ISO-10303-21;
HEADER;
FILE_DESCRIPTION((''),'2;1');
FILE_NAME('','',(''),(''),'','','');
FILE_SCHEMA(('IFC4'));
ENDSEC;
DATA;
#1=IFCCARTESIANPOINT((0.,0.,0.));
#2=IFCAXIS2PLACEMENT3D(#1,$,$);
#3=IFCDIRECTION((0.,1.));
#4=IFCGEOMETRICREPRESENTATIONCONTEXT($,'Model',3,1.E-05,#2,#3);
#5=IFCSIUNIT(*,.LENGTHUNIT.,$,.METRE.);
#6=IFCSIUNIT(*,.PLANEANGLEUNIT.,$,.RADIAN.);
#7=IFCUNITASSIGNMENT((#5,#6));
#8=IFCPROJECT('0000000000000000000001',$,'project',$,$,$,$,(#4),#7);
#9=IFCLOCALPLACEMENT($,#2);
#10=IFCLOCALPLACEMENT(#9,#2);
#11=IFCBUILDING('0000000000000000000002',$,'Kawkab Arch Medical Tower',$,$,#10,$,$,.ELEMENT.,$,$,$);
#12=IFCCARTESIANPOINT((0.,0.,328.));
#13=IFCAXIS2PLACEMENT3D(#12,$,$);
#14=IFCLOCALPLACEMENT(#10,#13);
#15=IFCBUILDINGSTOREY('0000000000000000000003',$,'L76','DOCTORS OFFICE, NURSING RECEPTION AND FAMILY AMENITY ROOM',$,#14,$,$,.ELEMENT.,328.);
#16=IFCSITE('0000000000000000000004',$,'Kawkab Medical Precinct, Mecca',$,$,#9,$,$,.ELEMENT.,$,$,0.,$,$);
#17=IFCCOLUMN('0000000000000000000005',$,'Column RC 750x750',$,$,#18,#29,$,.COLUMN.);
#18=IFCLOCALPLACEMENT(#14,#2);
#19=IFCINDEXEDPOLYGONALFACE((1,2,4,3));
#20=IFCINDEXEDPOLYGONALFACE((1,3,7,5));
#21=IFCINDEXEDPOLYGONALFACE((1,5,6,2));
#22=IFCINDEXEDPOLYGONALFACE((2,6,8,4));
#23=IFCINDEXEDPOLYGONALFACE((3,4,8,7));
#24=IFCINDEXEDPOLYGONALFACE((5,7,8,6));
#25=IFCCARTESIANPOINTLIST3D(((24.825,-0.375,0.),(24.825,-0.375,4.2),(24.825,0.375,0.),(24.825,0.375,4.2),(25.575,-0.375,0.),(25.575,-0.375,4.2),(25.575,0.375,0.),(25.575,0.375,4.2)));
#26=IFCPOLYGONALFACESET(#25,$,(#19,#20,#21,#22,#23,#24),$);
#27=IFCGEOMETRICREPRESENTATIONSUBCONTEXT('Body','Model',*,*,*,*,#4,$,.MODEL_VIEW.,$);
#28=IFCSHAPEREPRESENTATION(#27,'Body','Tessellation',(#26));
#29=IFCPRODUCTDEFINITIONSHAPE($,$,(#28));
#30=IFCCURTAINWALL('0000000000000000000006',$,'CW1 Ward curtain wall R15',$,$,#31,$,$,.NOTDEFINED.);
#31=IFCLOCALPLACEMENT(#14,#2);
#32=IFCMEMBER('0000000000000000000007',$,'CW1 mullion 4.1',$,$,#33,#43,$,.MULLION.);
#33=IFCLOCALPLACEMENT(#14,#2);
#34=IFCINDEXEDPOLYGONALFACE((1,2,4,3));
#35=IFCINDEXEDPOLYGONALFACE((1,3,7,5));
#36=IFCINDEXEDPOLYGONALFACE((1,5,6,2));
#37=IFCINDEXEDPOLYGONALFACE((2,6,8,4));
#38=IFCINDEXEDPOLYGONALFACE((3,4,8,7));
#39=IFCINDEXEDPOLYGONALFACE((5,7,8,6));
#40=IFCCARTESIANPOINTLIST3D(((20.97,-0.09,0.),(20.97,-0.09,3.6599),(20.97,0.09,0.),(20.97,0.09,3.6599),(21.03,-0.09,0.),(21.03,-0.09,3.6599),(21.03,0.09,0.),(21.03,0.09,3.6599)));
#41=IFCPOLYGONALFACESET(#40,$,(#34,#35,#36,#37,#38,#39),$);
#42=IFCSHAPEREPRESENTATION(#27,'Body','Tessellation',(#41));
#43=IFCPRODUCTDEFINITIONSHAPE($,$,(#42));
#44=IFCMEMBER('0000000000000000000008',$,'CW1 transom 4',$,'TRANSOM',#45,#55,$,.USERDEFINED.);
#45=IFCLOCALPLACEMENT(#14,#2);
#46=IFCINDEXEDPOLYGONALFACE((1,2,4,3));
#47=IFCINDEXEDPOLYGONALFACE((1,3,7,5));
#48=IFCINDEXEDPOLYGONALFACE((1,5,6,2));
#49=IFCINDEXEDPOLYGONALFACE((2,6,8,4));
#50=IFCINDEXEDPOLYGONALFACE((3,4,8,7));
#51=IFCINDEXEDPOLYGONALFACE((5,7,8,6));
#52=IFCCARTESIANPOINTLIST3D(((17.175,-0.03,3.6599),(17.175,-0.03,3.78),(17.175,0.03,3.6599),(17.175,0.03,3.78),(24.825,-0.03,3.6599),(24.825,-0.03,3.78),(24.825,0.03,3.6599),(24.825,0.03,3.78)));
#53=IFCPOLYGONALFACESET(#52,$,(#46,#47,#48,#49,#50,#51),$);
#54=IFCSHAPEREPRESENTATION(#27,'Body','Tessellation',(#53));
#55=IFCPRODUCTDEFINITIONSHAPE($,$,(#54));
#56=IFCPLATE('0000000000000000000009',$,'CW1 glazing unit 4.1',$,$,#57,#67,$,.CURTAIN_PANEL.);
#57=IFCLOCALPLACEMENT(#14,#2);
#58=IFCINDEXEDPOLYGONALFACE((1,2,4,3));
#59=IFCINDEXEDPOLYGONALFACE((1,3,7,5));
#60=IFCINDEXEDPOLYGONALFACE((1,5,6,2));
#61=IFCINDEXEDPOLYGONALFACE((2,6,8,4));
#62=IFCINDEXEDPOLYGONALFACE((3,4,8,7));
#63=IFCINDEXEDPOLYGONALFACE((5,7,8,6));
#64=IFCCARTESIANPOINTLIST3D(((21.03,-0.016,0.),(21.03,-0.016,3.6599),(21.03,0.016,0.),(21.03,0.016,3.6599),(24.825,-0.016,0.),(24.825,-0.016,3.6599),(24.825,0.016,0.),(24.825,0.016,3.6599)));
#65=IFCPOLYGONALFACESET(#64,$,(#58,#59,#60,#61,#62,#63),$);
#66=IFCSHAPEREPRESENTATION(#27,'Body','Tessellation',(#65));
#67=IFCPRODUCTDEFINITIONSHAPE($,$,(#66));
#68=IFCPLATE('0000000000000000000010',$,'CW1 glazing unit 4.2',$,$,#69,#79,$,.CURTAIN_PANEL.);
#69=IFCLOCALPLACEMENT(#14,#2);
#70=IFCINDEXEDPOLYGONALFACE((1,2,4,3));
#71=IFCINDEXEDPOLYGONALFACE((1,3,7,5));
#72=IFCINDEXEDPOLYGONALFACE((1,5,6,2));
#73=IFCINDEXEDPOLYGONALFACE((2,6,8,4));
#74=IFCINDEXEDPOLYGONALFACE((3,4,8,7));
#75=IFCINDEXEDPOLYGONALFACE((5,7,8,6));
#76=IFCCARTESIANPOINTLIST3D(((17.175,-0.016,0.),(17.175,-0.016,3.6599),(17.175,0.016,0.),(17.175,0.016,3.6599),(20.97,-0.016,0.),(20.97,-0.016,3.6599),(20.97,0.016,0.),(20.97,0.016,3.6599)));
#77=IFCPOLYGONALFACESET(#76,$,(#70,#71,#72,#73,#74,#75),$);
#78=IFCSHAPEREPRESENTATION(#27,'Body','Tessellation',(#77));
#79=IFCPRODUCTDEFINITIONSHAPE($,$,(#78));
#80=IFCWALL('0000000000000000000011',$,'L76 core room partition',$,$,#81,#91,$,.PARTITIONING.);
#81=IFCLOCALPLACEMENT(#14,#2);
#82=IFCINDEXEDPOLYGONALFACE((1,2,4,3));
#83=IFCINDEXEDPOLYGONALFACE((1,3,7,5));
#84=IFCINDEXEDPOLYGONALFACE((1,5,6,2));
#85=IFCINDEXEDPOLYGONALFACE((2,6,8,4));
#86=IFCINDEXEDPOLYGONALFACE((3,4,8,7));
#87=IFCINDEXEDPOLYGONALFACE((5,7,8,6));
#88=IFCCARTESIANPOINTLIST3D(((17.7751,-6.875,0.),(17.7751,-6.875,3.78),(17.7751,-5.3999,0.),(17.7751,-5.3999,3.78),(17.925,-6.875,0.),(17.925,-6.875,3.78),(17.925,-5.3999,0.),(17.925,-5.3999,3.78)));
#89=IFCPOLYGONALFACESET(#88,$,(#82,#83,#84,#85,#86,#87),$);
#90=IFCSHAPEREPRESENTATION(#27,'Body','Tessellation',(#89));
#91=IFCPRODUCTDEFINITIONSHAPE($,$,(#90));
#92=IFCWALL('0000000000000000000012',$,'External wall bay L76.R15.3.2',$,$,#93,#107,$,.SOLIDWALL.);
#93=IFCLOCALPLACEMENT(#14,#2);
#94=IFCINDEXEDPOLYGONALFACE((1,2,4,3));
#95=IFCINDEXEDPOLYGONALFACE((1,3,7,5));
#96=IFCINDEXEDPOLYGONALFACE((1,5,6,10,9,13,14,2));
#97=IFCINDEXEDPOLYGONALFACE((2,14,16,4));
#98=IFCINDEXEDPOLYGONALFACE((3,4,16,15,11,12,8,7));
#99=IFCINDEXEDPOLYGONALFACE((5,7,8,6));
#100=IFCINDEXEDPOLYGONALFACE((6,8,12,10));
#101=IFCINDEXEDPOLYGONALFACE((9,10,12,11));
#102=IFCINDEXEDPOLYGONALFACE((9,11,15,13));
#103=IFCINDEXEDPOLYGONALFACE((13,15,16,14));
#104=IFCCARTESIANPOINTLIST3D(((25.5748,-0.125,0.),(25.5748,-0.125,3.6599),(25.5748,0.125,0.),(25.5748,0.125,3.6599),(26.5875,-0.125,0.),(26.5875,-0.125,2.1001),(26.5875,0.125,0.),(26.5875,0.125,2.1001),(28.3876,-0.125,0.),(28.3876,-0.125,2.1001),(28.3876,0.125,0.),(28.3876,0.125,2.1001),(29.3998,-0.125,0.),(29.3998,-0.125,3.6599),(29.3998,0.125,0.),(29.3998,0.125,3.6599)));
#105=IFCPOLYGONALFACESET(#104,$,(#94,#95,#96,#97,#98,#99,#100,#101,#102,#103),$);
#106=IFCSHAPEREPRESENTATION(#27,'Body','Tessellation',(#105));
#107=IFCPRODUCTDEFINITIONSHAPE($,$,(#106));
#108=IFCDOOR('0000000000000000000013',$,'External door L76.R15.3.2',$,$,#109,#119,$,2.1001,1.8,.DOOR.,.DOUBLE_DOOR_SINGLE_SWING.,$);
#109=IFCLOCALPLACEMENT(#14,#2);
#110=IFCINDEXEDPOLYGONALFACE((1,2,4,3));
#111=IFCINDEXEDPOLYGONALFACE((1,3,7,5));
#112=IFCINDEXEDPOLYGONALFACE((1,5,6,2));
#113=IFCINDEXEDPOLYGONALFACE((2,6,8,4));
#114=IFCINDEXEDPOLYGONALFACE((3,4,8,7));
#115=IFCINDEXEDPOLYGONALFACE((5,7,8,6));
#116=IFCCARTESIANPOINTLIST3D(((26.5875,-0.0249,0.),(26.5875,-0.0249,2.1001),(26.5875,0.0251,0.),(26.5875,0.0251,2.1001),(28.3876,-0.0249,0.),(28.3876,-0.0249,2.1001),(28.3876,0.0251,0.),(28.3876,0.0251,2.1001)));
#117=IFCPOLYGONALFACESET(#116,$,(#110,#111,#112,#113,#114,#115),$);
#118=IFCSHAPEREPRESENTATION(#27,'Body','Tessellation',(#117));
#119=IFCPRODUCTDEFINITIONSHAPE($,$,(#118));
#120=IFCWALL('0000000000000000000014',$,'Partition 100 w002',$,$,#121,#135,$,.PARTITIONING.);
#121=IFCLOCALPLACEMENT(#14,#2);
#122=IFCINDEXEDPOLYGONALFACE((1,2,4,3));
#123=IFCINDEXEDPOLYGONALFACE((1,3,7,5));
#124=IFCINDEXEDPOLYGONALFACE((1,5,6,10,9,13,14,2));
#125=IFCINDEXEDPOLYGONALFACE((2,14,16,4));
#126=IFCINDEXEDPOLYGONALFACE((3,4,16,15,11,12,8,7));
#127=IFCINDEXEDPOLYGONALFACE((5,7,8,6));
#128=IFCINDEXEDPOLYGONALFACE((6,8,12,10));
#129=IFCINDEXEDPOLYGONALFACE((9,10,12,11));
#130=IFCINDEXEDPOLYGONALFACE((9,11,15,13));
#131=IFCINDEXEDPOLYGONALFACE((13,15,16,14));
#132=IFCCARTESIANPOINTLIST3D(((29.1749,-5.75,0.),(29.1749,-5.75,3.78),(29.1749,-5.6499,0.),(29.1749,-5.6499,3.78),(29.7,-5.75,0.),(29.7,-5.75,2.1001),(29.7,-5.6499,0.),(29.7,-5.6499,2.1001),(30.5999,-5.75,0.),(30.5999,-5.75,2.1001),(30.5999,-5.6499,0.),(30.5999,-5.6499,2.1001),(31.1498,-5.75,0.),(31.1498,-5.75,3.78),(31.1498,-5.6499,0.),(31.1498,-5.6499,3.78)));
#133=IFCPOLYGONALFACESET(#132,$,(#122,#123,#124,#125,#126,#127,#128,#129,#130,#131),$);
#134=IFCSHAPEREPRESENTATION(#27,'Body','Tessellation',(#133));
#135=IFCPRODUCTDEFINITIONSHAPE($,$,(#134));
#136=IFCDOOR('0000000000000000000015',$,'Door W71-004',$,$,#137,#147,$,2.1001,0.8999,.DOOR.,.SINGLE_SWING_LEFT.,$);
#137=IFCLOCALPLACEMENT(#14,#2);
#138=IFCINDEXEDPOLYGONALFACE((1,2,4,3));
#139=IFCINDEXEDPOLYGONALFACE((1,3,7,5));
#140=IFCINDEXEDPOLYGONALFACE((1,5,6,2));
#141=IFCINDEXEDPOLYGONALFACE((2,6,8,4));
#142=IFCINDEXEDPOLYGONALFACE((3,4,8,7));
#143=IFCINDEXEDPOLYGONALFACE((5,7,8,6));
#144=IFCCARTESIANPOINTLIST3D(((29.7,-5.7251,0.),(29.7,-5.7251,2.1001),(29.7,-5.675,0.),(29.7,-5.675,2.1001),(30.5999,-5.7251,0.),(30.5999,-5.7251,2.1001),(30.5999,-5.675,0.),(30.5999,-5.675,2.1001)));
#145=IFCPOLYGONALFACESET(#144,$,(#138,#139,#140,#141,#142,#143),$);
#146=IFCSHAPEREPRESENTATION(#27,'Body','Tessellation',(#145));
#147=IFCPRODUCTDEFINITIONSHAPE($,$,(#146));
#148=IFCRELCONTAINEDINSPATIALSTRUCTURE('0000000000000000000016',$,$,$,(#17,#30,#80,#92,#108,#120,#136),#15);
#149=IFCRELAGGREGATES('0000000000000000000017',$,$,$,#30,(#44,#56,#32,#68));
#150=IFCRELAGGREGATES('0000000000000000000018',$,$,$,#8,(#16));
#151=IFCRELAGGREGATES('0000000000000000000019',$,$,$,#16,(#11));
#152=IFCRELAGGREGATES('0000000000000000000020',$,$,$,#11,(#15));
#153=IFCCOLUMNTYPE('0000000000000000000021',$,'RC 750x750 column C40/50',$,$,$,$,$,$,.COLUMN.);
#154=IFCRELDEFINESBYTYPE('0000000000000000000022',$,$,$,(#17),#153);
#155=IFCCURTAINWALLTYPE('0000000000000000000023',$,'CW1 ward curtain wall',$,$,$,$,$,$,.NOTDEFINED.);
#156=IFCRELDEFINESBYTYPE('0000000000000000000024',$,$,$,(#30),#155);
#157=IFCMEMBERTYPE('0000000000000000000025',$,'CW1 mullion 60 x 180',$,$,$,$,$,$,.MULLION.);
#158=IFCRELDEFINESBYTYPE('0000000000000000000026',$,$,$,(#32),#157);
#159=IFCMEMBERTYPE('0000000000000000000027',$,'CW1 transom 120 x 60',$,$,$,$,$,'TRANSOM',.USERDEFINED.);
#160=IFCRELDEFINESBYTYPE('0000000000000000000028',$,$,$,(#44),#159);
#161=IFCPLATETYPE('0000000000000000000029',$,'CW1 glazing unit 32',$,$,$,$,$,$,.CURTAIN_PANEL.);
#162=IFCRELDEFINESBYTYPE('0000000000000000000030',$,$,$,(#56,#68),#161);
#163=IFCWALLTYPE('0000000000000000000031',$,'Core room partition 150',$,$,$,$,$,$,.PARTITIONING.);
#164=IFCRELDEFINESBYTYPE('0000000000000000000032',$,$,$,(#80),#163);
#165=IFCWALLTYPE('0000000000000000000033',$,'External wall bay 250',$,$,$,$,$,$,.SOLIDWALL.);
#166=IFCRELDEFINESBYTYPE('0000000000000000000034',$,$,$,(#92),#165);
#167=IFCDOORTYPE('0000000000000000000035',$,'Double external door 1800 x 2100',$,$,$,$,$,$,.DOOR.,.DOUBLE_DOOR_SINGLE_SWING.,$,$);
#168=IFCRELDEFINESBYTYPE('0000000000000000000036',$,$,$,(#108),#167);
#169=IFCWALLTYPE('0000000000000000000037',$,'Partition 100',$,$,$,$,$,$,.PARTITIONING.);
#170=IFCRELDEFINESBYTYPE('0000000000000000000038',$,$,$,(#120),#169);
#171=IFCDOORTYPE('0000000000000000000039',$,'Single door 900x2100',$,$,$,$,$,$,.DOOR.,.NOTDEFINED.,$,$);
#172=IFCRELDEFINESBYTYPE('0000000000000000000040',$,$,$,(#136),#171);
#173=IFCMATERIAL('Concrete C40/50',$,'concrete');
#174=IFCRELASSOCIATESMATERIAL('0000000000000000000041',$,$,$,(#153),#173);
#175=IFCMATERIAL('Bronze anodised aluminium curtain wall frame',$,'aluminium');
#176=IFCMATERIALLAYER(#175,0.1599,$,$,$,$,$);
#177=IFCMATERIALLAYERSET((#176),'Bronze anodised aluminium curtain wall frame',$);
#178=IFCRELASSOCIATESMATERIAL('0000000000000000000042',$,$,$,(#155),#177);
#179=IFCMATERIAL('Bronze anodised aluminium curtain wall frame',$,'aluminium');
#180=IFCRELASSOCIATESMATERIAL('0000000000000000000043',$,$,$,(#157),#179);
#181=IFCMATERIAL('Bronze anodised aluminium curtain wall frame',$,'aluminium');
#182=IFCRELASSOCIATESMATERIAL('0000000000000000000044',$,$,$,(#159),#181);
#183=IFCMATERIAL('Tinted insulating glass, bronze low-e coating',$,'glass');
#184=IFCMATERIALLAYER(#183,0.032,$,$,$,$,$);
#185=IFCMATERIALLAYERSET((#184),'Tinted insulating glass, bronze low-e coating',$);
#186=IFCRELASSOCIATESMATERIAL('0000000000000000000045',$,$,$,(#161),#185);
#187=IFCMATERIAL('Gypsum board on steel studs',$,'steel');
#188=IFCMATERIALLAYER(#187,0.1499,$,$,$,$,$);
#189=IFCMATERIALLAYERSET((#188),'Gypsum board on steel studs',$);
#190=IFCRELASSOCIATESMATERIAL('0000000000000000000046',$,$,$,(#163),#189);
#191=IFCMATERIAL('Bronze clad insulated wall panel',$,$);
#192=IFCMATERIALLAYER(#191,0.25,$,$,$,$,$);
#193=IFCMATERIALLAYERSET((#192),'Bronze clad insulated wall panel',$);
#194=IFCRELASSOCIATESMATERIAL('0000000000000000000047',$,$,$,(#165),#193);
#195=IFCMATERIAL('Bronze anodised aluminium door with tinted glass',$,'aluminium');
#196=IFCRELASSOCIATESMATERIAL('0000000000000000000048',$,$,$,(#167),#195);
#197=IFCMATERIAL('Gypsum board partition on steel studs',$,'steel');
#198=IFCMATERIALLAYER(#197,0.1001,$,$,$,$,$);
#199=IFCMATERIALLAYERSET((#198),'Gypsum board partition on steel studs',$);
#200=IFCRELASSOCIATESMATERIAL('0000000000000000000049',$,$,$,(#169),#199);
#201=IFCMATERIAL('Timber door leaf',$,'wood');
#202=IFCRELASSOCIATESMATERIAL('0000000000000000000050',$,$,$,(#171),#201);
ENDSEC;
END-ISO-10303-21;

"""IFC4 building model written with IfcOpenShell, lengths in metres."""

from ifc_helpers import new_model, si_unit, direction, frame, frame_2d, origin, origin_2d, place, context, subcontext, project, spatial, rectangle, extrude, material, layer, layer_set, material_profile, profile_set, type_object, element, fill, aggregate, save


model = new_model("IFC4")

# Units and contexts
model_context = context("Model", 3, precision=1e-05, world=origin(), true_north=direction((0.0, 1.0)))
body_context = subcontext(model_context, "Body", "Model", "MODEL_VIEW")
ifc_project = project(units=[si_unit("LENGTHUNIT", "METRE"), si_unit("PLANEANGLEUNIT", "RADIAN")], contexts=[model_context])

# Site, building, storey
site_placement = place(None, origin())
site = spatial("IfcSite", under=ifc_project, at=site_placement, Name="Kawkab Medical Precinct, Mecca", CompositionType="ELEMENT", RefElevation=0.0)
building_placement = place(site_placement, origin())
building = spatial("IfcBuilding", under=site, at=building_placement, Name="Kawkab Arch Medical Tower", CompositionType="ELEMENT")
storey_placement = place(building_placement, frame((0.0, 0.0, 328.0)))
storey = spatial("IfcBuildingStorey", under=building, at=storey_placement, Name="L76", Description="DOCTORS OFFICE, NURSING RECEPTION AND FAMILY AMENITY ROOM", CompositionType="ELEMENT", Elevation=328.0)

# Column
ifc_material_1 = material(Name="Concrete C40/50", Category="concrete")
ifc_material_profile_1 = material_profile(ifc_material_1, rectangle(XDim=0.75, YDim=0.75, at=origin_2d()), Name="RC 750x750")
ifc_profile_set_1 = profile_set([ifc_material_profile_1], Name="Concrete C40/50")
column_type = type_object("IfcColumnType", Name="RC 750x750 column C40/50", PredefinedType="COLUMN", material=ifc_profile_set_1)
column_placement = place(storey_placement, frame((25.2, 0.0, 0.0), z_axis=(0.0, 0.0, 1.0), x_axis=(1.0, 0.0, 0.0)))
element("IfcColumn", 1, at=column_placement, inside=storey, type_object=column_type, Name="Column RC 750x750", PredefinedType="COLUMN", context=body_context, shape_type="SweptSolid", body=[
    extrude(rectangle(XDim=0.75, YDim=0.75, at=origin_2d()), origin(), (0.0, 0.0, 1.0), 4.2),
])

# Curtain wall, members, plates
ifc_material_2 = material(Name="Bronze anodised aluminium curtain wall frame", Category="aluminium")
ifc_layer_1 = layer(ifc_material_2, 0.1599)
ifc_layer_set_1 = layer_set([ifc_layer_1], Name="Bronze anodised aluminium curtain wall frame")
curtain_wall_type = type_object("IfcCurtainWallType", Name="CW1 ward curtain wall", PredefinedType="NOTDEFINED", material=ifc_layer_set_1)
placement = place(storey_placement, origin())
curtain_wall = element("IfcCurtainWall", 2, at=placement, inside=storey, type_object=curtain_wall_type, Name="CW1 Ward curtain wall R15", PredefinedType="NOTDEFINED")
ifc_material_3 = material(Name="Bronze anodised aluminium curtain wall frame", Category="aluminium")
ifc_material_profile_2 = material_profile(ifc_material_3, rectangle(XDim=0.1799, YDim=0.0601, at=origin_2d()), Name="AL 60x180")
ifc_profile_set_2 = profile_set([ifc_material_profile_2], Name="Bronze anodised aluminium curtain wall frame")
member_type_1 = type_object("IfcMemberType", Name="CW1 mullion 60 x 180", PredefinedType="MULLION", material=ifc_profile_set_2)
member_1_placement = place(storey_placement, frame((21.0, 0.0, 0.0), z_axis=(0.0, 0.0, 1.0), x_axis=(0.0, -1.0, 0.0)))
member_1 = element("IfcMember", 3, at=member_1_placement, type_object=member_type_1, Name="CW1 mullion 4.1", PredefinedType="MULLION", context=body_context, shape_type="SweptSolid", body=[
    extrude(rectangle(XDim=0.1799, YDim=0.0601, at=origin_2d()), origin(), (0.0, 0.0, 1.0), 3.6599),
])
ifc_material_4 = material(Name="Bronze anodised aluminium curtain wall frame", Category="aluminium")
ifc_material_profile_3 = material_profile(ifc_material_4, rectangle(XDim=0.0601, YDim=0.1201, at=origin_2d()), Name="AL 60x120")
ifc_profile_set_3 = profile_set([ifc_material_profile_3], Name="Bronze anodised aluminium curtain wall frame")
member_type_2 = type_object("IfcMemberType", Name="CW1 transom 120 x 60", ElementType="TRANSOM", PredefinedType="USERDEFINED", material=ifc_profile_set_3)
member_2_placement = place(storey_placement, frame((24.825, 0.0, 3.72), z_axis=(-1.0, 0.0, 0.0), x_axis=(0.0, -1.0, 0.0)))
member_2 = element("IfcMember", 4, at=member_2_placement, type_object=member_type_2, Name="CW1 transom 4", ObjectType="TRANSOM", PredefinedType="USERDEFINED", context=body_context, shape_type="SweptSolid", body=[
    extrude(rectangle(XDim=0.0601, YDim=0.1201, at=origin_2d()), origin(), (0.0, 0.0, 1.0), 7.6499),
])
ifc_material_5 = material(Name="Tinted insulating glass, bronze low-e coating", Category="glass")
ifc_layer_2 = layer(ifc_material_5, 0.032)
ifc_layer_set_2 = layer_set([ifc_layer_2], Name="Tinted insulating glass, bronze low-e coating")
plate_type = type_object("IfcPlateType", Name="CW1 glazing unit 32", PredefinedType="CURTAIN_PANEL", material=ifc_layer_set_2)
plate_1_placement = place(storey_placement, frame((22.9275, 0.0, 0.0), z_axis=(0.0, 0.0, 1.0), x_axis=(-1.0, 0.0, 0.0)))
plate_1 = element("IfcPlate", 5, at=plate_1_placement, type_object=plate_type, Name="CW1 glazing unit 4.1", PredefinedType="CURTAIN_PANEL", context=body_context, shape_type="SweptSolid", body=[
    extrude(rectangle(XDim=3.7949, YDim=0.032, at=origin_2d()), origin(), (0.0, 0.0, 1.0), 3.6599),
])
plate_2_placement = place(storey_placement, frame((19.0725, 0.0, 0.0), z_axis=(0.0, 0.0, 1.0), x_axis=(-1.0, 0.0, 0.0)))
plate_2 = element("IfcPlate", 6, at=plate_2_placement, type_object=plate_type, Name="CW1 glazing unit 4.2", PredefinedType="CURTAIN_PANEL", context=body_context, shape_type="SweptSolid", body=[
    extrude(rectangle(XDim=3.7949, YDim=0.032, at=origin_2d()), origin(), (0.0, 0.0, 1.0), 3.6599),
])
aggregate(curtain_wall, [member_2, plate_1, member_1, plate_2])

# Wall
ifc_material_6 = material(Name="Gypsum board on steel studs", Category="steel")
ifc_layer_3 = layer(ifc_material_6, 0.1499)
ifc_layer_set_3 = layer_set([ifc_layer_3], Name="Gypsum board on steel studs")
wall_type_1 = type_object("IfcWallType", Name="Core room partition 150", PredefinedType="PARTITIONING", material=ifc_layer_set_3)
wall_1_placement = place(storey_placement, frame((17.8501, -6.875, 0.0), z_axis=(0.0, 0.0, 1.0), x_axis=(0.0, 1.0, 0.0)))
element("IfcWall", 7, at=wall_1_placement, inside=storey, type_object=wall_type_1, Name="L76 core room partition", PredefinedType="PARTITIONING", context=body_context, shape_type="SweptSolid", body=[
    extrude(rectangle(XDim=1.4751, YDim=0.1499, at=frame_2d((0.7375, 0.0))), origin(), (0.0, 0.0, 1.0), 3.78),
])

# Walls, openings, doors
ifc_material_7 = material(Name="Bronze clad insulated wall panel")
ifc_layer_4 = layer(ifc_material_7, 0.25)
ifc_layer_set_4 = layer_set([ifc_layer_4], Name="Bronze clad insulated wall panel")
wall_type_2 = type_object("IfcWallType", Name="External wall bay 250", PredefinedType="SOLIDWALL", material=ifc_layer_set_4)
wall_2_placement = place(storey_placement, frame((29.3999, 0.0, 0.0), z_axis=(0.0, 0.0, 1.0), x_axis=(-1.0, 0.0, 0.0)))
wall_2 = element("IfcWall", 8, at=wall_2_placement, inside=storey, type_object=wall_type_2, Name="External wall bay L76.R15.3.2", PredefinedType="SOLIDWALL", context=body_context, shape_type="SweptSolid", body=[
    extrude(rectangle(XDim=3.825, YDim=0.25, at=frame_2d((1.9126, 0.0))), origin(), (0.0, 0.0, 1.0), 3.6599),
])
opening_1_placement = place(wall_2_placement, frame((1.0125, 0.0, 0.0)))
opening_1 = element("IfcOpeningElement", 9, at=opening_1_placement, cuts=wall_2, PredefinedType="OPENING", context=body_context, shape_type="SweptSolid", body=[
    extrude(rectangle(XDim=1.8, YDim=2.1001, at=frame_2d((0.8999, 1.05))), frame((0.0, 0.135, 0.0), z_axis=(0.0, -1.0, 0.0), x_axis=(1.0, 0.0, 0.0)), (0.0, 0.0, 1.0), 0.27),
])
ifc_material_8 = material(Name="Bronze anodised aluminium door with tinted glass", Category="aluminium")
door_type_1 = type_object("IfcDoorType", Name="Double external door 1800 x 2100", OperationType="DOUBLE_DOOR_SINGLE_SWING", PredefinedType="DOOR", material=ifc_material_8)
door_1_placement = place(opening_1_placement, origin())
door_1 = element("IfcDoor", 10, at=door_1_placement, inside=storey, type_object=door_type_1, Name="External door L76.R15.3.2", OperationType="DOUBLE_DOOR_SINGLE_SWING", OverallHeight=2.1001, OverallWidth=1.8, PredefinedType="DOOR", context=body_context, shape_type="SweptSolid", body=[
    extrude(rectangle(XDim=1.8, YDim=2.1001, at=frame_2d((0.8999, 1.05))), frame((0.0, 0.0249, 0.0), z_axis=(0.0, -1.0, 0.0), x_axis=(1.0, 0.0, 0.0)), (0.0, 0.0, 1.0), 0.05),
])
fill(opening_1, door_1)
ifc_material_9 = material(Name="Gypsum board partition on steel studs", Category="steel")
ifc_layer_5 = layer(ifc_material_9, 0.1001)
ifc_layer_set_5 = layer_set([ifc_layer_5], Name="Gypsum board partition on steel studs")
wall_type_3 = type_object("IfcWallType", Name="Partition 100", PredefinedType="PARTITIONING", material=ifc_layer_set_5)
wall_3_placement = place(storey_placement, frame((29.175, -5.7, 0.0), z_axis=(0.0, 0.0, 1.0), x_axis=(1.0, 0.0, 0.0)))
wall_3 = element("IfcWall", 11, at=wall_3_placement, inside=storey, type_object=wall_type_3, Name="Partition 100 w002", PredefinedType="PARTITIONING", context=body_context, shape_type="SweptSolid", body=[
    extrude(rectangle(XDim=1.9749, YDim=0.1001, at=frame_2d((0.9873, 0.0))), origin(), (0.0, 0.0, 1.0), 3.78),
])
opening_2_placement = place(wall_3_placement, frame((0.5249, 0.0, 0.0)))
opening_2 = element("IfcOpeningElement", 12, at=opening_2_placement, cuts=wall_3, PredefinedType="OPENING", context=body_context, shape_type="SweptSolid", body=[
    extrude(rectangle(XDim=0.8999, YDim=2.1001, at=frame_2d((0.45, 1.05))), frame((0.0, 0.0601, 0.0), z_axis=(0.0, -1.0, 0.0), x_axis=(1.0, 0.0, 0.0)), (0.0, 0.0, 1.0), 0.1201),
])
ifc_material_10 = material(Name="Timber door leaf", Category="wood")
door_type_2 = type_object("IfcDoorType", Name="Single door 900x2100", OperationType="NOTDEFINED", PredefinedType="DOOR", material=ifc_material_10)
door_2_placement = place(opening_2_placement, origin())
door_2 = element("IfcDoor", 13, at=door_2_placement, inside=storey, type_object=door_type_2, Name="Door W71-004", OperationType="SINGLE_SWING_LEFT", OverallHeight=2.1001, OverallWidth=0.8999, PredefinedType="DOOR", context=body_context, shape_type="SweptSolid", body=[
    extrude(rectangle(XDim=0.8999, YDim=2.1001, at=frame_2d((0.45, 1.05))), frame((0.0, 0.0249, 0.0), z_axis=(0.0, -1.0, 0.0), x_axis=(1.0, 0.0, 0.0)), (0.0, 0.0, 1.0), 0.05),
])
fill(opening_2, door_2)

save(model, "model.ifc")
